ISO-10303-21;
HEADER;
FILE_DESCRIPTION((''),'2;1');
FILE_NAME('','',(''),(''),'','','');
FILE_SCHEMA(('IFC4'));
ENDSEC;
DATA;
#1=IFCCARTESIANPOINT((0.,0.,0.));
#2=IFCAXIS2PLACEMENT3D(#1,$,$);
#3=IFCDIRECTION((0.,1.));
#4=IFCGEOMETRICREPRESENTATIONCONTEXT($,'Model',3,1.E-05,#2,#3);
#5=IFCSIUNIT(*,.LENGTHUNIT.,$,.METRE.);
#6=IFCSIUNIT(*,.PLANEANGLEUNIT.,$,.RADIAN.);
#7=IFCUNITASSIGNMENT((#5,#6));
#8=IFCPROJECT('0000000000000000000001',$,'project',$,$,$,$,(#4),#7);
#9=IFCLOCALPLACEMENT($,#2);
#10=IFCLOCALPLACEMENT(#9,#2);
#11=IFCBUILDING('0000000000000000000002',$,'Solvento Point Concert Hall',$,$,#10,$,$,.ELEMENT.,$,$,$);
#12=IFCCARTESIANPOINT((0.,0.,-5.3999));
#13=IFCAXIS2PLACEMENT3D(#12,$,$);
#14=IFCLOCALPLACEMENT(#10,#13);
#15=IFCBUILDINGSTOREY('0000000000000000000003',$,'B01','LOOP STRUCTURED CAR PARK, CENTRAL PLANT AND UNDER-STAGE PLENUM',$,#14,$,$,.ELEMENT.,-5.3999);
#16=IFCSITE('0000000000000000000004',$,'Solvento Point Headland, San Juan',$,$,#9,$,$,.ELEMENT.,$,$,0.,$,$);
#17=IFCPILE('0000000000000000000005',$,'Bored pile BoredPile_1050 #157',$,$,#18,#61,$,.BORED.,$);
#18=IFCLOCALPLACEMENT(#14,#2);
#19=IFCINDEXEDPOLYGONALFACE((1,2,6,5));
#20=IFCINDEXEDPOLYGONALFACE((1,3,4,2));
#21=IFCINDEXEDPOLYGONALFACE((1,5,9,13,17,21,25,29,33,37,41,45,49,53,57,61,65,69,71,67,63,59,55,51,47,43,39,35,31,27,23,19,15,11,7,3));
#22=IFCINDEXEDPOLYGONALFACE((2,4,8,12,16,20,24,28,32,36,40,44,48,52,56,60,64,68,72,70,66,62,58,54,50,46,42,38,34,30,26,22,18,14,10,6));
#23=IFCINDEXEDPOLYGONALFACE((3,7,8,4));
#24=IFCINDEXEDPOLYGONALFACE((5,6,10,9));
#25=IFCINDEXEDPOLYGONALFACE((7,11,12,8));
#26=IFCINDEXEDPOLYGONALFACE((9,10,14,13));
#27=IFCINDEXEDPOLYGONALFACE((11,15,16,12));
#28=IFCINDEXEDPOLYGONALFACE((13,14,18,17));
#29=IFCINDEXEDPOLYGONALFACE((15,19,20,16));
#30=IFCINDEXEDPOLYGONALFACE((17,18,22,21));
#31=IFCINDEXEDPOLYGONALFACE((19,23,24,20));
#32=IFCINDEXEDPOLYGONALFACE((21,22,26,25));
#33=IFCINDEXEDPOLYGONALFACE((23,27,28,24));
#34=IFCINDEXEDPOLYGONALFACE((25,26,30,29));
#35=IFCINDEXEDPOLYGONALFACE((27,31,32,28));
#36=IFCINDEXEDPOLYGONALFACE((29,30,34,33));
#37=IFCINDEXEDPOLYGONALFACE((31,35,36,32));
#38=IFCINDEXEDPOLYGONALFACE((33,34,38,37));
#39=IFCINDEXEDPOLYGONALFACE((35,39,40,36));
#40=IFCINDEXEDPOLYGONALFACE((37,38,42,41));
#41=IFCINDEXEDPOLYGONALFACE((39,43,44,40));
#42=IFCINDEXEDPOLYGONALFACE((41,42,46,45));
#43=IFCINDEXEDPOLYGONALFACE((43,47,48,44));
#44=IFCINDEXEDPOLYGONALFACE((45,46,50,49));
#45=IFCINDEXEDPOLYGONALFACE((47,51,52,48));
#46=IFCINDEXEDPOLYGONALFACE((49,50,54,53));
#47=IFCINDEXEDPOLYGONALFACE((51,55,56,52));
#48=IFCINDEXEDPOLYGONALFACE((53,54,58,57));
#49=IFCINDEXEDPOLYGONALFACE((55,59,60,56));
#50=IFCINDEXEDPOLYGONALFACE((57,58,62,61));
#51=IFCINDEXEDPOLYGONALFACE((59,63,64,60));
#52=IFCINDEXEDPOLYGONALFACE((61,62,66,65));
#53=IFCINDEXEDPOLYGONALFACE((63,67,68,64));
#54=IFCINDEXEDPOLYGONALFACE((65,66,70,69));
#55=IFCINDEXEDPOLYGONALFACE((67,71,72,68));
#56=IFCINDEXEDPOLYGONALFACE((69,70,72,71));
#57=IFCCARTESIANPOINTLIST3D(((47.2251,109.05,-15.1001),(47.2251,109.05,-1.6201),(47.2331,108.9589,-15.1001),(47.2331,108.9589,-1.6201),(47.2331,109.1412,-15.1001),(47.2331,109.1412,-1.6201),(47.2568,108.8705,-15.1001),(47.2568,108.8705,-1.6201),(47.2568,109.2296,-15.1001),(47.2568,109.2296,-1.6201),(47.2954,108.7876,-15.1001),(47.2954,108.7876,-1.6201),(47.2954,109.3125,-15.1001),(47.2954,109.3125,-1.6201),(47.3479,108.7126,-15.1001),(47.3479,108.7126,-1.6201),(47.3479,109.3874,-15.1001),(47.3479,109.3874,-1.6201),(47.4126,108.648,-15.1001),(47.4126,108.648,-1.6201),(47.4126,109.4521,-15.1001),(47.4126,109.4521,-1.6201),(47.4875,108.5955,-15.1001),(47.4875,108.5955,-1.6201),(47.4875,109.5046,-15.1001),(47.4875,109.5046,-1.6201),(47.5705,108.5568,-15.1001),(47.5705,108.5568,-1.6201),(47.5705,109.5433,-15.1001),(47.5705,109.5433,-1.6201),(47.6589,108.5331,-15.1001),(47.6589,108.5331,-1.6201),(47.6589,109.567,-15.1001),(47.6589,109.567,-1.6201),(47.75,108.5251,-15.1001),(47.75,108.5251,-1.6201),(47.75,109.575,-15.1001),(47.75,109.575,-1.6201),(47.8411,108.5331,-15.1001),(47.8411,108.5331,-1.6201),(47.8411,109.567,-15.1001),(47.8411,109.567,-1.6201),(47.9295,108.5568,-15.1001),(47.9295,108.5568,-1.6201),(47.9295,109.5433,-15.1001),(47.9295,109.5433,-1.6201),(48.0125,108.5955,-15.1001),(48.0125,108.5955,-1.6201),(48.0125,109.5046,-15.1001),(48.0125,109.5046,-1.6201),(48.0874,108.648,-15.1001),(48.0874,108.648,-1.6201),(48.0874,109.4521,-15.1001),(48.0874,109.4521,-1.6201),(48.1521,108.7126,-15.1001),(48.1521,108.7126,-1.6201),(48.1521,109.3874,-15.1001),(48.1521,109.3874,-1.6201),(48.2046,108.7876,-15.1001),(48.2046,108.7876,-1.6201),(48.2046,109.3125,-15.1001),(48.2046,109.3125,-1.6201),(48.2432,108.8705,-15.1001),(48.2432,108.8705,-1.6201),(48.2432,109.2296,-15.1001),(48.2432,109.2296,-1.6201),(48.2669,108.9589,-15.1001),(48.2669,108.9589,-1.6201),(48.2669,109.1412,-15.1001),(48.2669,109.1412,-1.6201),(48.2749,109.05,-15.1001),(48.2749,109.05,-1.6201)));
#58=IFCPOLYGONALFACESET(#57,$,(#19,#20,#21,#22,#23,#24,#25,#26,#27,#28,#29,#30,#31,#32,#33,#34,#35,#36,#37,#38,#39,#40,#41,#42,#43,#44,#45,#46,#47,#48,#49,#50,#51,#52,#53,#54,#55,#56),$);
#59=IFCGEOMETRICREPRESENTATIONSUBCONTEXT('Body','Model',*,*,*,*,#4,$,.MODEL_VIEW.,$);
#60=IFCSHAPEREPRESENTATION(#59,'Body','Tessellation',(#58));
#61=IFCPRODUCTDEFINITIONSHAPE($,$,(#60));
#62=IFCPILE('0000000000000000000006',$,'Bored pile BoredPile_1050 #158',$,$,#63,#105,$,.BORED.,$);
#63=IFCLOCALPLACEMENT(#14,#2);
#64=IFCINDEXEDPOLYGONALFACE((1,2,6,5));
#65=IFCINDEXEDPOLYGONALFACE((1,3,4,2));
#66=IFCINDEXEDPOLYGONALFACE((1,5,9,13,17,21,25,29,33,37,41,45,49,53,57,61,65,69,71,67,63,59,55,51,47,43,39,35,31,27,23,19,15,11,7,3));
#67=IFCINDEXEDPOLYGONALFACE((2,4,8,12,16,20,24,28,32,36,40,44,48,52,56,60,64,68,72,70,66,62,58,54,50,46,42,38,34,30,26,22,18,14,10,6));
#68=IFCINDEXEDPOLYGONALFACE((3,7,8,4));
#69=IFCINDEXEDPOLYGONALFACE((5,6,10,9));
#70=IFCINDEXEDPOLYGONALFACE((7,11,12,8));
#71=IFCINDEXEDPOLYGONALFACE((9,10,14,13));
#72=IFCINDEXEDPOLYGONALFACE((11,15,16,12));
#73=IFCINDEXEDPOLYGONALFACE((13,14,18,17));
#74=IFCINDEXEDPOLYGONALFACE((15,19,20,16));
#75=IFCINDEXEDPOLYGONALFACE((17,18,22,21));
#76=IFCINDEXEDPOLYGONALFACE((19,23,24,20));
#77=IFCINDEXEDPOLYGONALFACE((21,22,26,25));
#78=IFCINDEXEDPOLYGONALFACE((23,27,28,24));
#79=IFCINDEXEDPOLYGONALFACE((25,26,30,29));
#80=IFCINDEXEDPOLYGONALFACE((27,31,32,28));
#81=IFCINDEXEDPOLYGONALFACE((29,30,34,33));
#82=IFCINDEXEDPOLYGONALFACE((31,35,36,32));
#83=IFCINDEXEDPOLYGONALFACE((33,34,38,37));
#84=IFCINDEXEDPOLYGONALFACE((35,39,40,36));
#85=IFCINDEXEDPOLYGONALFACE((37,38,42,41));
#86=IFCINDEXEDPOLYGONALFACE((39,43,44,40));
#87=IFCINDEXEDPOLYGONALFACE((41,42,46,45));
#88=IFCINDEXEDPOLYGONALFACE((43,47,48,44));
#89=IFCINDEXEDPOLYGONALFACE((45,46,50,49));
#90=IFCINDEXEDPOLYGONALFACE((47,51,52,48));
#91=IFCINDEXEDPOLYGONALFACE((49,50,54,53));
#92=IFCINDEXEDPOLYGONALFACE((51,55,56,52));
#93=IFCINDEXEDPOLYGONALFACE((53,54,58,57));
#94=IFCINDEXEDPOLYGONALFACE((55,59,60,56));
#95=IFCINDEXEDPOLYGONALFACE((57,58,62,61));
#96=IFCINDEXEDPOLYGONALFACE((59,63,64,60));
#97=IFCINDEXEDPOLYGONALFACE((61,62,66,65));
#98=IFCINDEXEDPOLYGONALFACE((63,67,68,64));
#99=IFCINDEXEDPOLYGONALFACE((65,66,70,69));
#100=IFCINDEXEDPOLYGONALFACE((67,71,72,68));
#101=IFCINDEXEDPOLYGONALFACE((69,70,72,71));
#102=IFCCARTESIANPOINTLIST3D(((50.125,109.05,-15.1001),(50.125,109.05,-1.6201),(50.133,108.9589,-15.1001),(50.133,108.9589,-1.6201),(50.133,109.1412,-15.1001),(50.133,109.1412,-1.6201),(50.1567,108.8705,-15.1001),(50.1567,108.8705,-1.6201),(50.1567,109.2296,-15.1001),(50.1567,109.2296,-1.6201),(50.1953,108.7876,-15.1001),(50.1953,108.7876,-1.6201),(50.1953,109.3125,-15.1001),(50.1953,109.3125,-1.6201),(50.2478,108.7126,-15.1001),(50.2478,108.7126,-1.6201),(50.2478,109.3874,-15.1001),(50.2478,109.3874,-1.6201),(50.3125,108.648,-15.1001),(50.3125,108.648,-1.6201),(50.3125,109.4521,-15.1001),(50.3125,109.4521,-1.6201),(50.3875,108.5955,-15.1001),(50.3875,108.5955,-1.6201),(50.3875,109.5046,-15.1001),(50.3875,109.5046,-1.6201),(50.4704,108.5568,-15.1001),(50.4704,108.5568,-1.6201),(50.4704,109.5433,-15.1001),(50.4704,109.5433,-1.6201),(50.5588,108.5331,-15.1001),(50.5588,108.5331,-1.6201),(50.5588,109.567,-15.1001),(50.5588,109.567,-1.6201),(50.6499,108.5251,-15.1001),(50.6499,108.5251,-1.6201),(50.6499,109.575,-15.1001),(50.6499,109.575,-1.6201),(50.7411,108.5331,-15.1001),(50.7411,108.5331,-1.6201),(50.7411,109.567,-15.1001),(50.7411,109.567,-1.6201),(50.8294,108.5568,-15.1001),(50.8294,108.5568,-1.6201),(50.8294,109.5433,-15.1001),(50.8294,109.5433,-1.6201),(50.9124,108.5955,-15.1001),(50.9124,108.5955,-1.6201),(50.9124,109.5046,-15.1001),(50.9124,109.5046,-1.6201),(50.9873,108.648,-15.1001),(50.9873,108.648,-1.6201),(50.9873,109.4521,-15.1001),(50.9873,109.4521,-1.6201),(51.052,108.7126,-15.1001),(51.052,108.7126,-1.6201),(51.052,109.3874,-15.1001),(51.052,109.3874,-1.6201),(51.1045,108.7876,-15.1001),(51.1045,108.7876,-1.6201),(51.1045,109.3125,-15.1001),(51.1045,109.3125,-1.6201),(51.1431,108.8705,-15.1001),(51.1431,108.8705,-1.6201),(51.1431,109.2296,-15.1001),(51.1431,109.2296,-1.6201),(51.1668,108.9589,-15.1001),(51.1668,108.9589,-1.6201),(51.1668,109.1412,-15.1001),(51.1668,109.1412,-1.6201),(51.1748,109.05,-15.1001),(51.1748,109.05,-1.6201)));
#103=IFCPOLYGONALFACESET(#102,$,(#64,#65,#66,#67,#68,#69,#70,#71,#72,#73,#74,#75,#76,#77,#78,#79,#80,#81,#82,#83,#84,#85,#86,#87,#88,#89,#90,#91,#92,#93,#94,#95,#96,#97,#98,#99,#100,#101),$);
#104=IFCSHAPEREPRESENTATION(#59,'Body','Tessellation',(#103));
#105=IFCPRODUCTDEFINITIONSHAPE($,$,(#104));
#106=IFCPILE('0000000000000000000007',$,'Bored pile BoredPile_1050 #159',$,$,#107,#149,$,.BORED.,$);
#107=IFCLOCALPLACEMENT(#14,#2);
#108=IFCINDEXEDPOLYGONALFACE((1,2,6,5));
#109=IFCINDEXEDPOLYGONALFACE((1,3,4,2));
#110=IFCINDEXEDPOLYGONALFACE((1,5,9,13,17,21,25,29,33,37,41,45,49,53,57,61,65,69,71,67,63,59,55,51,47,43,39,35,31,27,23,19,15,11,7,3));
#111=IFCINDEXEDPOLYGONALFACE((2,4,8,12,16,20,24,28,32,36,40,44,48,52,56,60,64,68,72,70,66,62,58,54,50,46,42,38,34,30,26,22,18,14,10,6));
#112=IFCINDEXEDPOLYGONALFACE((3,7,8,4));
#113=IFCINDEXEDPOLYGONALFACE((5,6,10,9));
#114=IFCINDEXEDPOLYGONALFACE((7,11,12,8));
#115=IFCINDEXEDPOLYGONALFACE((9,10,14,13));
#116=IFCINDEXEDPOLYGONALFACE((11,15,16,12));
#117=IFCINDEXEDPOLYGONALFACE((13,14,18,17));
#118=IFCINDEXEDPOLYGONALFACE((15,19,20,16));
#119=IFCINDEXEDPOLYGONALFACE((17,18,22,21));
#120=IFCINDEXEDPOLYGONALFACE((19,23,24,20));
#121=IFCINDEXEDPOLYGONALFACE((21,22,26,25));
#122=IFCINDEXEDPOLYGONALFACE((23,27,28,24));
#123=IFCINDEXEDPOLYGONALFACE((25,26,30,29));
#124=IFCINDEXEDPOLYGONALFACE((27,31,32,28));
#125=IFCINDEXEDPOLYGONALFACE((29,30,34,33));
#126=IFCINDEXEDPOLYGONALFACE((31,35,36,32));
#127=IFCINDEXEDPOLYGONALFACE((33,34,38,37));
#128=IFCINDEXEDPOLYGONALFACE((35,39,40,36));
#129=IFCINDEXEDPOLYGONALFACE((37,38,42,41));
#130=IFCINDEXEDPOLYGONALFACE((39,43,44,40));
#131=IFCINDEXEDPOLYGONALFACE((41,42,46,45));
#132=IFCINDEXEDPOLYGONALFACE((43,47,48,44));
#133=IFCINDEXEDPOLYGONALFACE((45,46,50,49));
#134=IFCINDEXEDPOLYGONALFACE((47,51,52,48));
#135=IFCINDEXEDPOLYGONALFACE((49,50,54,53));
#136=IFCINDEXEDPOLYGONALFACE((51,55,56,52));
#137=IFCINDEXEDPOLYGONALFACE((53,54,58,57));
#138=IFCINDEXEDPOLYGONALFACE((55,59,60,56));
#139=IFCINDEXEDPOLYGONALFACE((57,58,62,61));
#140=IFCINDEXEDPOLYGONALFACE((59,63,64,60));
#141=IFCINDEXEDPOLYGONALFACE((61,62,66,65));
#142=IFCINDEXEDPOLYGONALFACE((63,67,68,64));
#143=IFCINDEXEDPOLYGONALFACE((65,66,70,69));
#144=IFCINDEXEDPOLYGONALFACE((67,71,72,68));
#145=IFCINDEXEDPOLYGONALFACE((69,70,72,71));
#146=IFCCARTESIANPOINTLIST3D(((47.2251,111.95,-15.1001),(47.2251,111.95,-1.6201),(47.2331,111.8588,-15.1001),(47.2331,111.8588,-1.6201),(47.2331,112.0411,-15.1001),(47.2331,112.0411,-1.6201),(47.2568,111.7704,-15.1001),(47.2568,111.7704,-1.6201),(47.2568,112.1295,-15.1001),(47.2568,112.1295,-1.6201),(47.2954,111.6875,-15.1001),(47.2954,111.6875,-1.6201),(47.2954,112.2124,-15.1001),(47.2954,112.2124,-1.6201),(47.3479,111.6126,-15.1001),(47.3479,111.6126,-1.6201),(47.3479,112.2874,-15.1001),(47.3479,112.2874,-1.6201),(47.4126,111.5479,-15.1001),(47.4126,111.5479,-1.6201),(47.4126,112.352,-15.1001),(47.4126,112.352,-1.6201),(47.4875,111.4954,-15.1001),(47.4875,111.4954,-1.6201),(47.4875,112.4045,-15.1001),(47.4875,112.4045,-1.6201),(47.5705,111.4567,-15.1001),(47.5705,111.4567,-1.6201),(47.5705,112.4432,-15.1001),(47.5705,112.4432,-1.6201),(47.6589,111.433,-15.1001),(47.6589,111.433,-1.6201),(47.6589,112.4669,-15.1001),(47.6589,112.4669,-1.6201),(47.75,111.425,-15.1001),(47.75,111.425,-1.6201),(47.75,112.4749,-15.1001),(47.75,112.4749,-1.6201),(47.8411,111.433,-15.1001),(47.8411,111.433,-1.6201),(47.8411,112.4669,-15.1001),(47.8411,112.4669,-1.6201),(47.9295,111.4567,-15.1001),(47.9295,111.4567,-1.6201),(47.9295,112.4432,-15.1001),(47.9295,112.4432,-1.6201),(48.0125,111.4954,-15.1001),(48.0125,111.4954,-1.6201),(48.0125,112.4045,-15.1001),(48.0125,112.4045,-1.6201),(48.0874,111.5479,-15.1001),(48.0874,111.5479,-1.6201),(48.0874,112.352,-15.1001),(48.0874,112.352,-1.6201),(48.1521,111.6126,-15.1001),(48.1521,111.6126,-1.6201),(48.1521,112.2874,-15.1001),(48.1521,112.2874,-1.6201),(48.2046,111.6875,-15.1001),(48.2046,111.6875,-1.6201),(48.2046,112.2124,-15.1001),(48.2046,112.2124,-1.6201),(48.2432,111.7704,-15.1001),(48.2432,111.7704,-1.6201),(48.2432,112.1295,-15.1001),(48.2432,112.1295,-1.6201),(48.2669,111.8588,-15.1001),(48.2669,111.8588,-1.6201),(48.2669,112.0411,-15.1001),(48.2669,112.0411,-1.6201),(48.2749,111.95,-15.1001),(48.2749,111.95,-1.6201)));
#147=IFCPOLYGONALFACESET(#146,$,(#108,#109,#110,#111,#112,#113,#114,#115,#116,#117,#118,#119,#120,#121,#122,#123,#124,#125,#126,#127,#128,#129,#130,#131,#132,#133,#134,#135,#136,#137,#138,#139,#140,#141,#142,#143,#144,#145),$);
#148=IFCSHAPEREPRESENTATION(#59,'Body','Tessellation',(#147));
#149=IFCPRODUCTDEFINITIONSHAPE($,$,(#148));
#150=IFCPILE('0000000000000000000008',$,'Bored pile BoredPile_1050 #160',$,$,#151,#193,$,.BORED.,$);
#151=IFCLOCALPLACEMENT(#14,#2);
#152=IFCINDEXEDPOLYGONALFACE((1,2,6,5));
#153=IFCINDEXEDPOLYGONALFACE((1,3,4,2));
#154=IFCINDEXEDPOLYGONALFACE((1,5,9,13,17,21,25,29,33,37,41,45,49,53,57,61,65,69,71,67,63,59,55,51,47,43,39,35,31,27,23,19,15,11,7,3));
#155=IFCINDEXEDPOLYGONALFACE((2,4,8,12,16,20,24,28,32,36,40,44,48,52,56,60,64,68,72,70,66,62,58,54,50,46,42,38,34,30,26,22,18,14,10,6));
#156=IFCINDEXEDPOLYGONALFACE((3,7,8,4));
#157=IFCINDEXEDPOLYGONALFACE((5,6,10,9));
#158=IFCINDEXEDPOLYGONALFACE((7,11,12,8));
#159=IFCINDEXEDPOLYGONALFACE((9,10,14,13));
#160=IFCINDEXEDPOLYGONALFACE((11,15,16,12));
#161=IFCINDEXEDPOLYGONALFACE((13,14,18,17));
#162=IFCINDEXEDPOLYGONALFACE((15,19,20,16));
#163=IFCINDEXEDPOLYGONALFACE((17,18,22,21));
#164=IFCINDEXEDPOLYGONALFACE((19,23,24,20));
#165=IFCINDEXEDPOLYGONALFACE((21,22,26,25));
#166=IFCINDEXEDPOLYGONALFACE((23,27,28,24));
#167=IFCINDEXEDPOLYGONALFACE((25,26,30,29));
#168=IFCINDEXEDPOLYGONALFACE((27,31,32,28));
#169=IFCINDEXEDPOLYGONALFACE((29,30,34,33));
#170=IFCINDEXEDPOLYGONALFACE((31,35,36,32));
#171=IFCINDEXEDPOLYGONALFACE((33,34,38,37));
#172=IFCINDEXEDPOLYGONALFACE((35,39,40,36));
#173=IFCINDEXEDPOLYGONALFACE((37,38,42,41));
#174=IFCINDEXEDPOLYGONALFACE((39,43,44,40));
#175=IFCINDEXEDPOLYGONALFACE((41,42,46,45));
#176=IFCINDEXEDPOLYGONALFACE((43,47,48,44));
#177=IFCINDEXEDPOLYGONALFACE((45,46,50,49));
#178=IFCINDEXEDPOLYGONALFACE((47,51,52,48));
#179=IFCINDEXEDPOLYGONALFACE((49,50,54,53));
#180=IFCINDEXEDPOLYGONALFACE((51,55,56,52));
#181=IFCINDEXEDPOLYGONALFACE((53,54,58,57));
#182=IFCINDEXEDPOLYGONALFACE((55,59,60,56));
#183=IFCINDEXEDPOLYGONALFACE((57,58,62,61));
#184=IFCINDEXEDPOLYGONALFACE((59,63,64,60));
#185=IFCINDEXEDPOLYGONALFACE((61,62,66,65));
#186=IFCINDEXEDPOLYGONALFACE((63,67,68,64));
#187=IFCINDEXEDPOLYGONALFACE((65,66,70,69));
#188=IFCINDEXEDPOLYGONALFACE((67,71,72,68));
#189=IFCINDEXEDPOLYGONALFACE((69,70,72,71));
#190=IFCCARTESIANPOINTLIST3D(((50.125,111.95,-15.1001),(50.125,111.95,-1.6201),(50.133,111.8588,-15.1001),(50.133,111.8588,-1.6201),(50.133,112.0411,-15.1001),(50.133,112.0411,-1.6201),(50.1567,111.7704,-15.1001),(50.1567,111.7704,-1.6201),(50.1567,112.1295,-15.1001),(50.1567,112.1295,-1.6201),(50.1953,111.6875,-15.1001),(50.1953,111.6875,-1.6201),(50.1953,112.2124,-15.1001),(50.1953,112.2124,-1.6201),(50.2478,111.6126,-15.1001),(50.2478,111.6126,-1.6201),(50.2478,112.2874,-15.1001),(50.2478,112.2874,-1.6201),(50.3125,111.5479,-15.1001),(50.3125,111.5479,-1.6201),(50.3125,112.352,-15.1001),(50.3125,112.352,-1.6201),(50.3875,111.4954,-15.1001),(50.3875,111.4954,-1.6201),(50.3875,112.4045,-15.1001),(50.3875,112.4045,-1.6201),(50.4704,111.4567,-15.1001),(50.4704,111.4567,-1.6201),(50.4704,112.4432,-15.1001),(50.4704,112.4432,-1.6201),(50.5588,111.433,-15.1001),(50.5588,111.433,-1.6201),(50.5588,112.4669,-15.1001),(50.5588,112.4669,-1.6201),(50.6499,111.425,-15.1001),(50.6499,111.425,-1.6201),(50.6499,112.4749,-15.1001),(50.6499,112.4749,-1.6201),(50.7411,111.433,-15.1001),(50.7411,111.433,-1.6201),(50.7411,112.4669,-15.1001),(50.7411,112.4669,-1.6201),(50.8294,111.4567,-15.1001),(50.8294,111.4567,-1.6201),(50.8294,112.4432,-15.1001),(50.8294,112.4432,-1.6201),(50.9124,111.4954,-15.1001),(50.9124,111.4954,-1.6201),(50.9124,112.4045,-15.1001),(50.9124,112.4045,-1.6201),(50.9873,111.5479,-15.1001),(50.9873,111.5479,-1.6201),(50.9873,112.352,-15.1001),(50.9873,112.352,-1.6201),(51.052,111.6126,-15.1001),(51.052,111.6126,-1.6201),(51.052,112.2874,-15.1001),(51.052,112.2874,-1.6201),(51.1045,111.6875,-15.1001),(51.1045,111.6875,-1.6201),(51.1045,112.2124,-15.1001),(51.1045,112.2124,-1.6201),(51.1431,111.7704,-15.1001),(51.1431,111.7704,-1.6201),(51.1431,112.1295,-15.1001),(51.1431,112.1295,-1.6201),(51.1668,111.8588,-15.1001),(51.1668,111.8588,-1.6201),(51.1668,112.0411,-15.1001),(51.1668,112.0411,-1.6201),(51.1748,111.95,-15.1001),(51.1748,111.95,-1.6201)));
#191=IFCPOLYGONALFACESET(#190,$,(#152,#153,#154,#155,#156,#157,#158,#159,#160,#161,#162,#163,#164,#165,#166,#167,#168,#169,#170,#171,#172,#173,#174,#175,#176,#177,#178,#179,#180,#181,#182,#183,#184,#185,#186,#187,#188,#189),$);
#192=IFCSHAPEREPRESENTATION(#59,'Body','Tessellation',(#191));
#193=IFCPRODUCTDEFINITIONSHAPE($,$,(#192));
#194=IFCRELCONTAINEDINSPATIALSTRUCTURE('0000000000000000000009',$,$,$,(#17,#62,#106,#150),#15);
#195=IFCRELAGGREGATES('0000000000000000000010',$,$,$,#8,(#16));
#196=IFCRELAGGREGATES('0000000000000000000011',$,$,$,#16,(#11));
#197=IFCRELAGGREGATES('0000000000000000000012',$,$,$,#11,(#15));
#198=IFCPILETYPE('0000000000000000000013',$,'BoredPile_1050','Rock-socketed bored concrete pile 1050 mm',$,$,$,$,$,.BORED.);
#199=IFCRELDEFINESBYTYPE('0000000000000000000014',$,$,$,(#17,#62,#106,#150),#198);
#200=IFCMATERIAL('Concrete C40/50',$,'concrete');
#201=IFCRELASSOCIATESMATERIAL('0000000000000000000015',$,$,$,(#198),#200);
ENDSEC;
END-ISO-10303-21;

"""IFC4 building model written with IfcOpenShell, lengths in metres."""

from ifc_helpers import new_model, si_unit, direction, frame, origin, origin_2d, place, context, subcontext, project, spatial, circle, extrude, material, material_profile, profile_set, type_object, element, save


model = new_model("IFC4")

# Units and contexts
model_context = context("Model", 3, precision=1e-05, world=origin(), true_north=direction((0.0, 1.0)))
body_context = subcontext(model_context, "Body", "Model", "MODEL_VIEW")
ifc_project = project(units=[si_unit("LENGTHUNIT", "METRE"), si_unit("PLANEANGLEUNIT", "RADIAN")], contexts=[model_context])

# Site, building, storey
site_placement = place(None, origin())
site = spatial("IfcSite", under=ifc_project, at=site_placement, Name="Solvento Point Headland, San Juan", CompositionType="ELEMENT", RefElevation=0.0)
building_placement = place(site_placement, origin())
building = spatial("IfcBuilding", under=site, at=building_placement, Name="Solvento Point Concert Hall", CompositionType="ELEMENT")
storey_placement = place(building_placement, frame((0.0, 0.0, -5.3999)))
storey = spatial("IfcBuildingStorey", under=building, at=storey_placement, Name="B01", Description="LOOP STRUCTURED CAR PARK, CENTRAL PLANT AND UNDER-STAGE PLENUM", CompositionType="ELEMENT", Elevation=-5.3999)

# Piles
ifc_material_1 = material(Name="Concrete C40/50", Category="concrete")
ifc_material_profile_1 = material_profile(ifc_material_1, circle(Radius=0.5249, at=origin_2d()), Name="BP-1050")
ifc_profile_set_1 = profile_set([ifc_material_profile_1], Name="Concrete C40/50")
pile_type_1 = type_object("IfcPileType", Name="BoredPile_1050", Description="Rock-socketed bored concrete pile 1050 mm", PredefinedType="BORED", material=ifc_profile_set_1)
for number, where, z_axis, x_axis, name in (
    (1, (47.75, 109.05, -1.6201), (0.0, 0.0, -1.0), (1.0, 0.0, 0.0), "Bored pile BoredPile_1050 #157"),
    (2, (50.6499, 109.05, -1.6201), (0.0, 0.0, -1.0), (1.0, 0.0, 0.0), "Bored pile BoredPile_1050 #158"),
    (3, (47.75, 111.95, -1.6201), (0.0, 0.0, -1.0), (1.0, 0.0, 0.0), "Bored pile BoredPile_1050 #159"),
    (4, (50.6499, 111.95, -1.6201), (0.0, 0.0, -1.0), (1.0, 0.0, 0.0), "Bored pile BoredPile_1050 #160"),
):
    element("IfcPile", number, at=place(storey_placement, frame(where, z_axis=z_axis, x_axis=x_axis)), inside=storey, type_object=pile_type_1, Name=name, PredefinedType="BORED", context=body_context, shape_type="SweptSolid", body=[
        extrude(circle(Radius=0.5249, at=origin_2d()), origin(), (0.0, 0.0, 1.0), 13.48),
    ])

save(model, "model.ifc")
